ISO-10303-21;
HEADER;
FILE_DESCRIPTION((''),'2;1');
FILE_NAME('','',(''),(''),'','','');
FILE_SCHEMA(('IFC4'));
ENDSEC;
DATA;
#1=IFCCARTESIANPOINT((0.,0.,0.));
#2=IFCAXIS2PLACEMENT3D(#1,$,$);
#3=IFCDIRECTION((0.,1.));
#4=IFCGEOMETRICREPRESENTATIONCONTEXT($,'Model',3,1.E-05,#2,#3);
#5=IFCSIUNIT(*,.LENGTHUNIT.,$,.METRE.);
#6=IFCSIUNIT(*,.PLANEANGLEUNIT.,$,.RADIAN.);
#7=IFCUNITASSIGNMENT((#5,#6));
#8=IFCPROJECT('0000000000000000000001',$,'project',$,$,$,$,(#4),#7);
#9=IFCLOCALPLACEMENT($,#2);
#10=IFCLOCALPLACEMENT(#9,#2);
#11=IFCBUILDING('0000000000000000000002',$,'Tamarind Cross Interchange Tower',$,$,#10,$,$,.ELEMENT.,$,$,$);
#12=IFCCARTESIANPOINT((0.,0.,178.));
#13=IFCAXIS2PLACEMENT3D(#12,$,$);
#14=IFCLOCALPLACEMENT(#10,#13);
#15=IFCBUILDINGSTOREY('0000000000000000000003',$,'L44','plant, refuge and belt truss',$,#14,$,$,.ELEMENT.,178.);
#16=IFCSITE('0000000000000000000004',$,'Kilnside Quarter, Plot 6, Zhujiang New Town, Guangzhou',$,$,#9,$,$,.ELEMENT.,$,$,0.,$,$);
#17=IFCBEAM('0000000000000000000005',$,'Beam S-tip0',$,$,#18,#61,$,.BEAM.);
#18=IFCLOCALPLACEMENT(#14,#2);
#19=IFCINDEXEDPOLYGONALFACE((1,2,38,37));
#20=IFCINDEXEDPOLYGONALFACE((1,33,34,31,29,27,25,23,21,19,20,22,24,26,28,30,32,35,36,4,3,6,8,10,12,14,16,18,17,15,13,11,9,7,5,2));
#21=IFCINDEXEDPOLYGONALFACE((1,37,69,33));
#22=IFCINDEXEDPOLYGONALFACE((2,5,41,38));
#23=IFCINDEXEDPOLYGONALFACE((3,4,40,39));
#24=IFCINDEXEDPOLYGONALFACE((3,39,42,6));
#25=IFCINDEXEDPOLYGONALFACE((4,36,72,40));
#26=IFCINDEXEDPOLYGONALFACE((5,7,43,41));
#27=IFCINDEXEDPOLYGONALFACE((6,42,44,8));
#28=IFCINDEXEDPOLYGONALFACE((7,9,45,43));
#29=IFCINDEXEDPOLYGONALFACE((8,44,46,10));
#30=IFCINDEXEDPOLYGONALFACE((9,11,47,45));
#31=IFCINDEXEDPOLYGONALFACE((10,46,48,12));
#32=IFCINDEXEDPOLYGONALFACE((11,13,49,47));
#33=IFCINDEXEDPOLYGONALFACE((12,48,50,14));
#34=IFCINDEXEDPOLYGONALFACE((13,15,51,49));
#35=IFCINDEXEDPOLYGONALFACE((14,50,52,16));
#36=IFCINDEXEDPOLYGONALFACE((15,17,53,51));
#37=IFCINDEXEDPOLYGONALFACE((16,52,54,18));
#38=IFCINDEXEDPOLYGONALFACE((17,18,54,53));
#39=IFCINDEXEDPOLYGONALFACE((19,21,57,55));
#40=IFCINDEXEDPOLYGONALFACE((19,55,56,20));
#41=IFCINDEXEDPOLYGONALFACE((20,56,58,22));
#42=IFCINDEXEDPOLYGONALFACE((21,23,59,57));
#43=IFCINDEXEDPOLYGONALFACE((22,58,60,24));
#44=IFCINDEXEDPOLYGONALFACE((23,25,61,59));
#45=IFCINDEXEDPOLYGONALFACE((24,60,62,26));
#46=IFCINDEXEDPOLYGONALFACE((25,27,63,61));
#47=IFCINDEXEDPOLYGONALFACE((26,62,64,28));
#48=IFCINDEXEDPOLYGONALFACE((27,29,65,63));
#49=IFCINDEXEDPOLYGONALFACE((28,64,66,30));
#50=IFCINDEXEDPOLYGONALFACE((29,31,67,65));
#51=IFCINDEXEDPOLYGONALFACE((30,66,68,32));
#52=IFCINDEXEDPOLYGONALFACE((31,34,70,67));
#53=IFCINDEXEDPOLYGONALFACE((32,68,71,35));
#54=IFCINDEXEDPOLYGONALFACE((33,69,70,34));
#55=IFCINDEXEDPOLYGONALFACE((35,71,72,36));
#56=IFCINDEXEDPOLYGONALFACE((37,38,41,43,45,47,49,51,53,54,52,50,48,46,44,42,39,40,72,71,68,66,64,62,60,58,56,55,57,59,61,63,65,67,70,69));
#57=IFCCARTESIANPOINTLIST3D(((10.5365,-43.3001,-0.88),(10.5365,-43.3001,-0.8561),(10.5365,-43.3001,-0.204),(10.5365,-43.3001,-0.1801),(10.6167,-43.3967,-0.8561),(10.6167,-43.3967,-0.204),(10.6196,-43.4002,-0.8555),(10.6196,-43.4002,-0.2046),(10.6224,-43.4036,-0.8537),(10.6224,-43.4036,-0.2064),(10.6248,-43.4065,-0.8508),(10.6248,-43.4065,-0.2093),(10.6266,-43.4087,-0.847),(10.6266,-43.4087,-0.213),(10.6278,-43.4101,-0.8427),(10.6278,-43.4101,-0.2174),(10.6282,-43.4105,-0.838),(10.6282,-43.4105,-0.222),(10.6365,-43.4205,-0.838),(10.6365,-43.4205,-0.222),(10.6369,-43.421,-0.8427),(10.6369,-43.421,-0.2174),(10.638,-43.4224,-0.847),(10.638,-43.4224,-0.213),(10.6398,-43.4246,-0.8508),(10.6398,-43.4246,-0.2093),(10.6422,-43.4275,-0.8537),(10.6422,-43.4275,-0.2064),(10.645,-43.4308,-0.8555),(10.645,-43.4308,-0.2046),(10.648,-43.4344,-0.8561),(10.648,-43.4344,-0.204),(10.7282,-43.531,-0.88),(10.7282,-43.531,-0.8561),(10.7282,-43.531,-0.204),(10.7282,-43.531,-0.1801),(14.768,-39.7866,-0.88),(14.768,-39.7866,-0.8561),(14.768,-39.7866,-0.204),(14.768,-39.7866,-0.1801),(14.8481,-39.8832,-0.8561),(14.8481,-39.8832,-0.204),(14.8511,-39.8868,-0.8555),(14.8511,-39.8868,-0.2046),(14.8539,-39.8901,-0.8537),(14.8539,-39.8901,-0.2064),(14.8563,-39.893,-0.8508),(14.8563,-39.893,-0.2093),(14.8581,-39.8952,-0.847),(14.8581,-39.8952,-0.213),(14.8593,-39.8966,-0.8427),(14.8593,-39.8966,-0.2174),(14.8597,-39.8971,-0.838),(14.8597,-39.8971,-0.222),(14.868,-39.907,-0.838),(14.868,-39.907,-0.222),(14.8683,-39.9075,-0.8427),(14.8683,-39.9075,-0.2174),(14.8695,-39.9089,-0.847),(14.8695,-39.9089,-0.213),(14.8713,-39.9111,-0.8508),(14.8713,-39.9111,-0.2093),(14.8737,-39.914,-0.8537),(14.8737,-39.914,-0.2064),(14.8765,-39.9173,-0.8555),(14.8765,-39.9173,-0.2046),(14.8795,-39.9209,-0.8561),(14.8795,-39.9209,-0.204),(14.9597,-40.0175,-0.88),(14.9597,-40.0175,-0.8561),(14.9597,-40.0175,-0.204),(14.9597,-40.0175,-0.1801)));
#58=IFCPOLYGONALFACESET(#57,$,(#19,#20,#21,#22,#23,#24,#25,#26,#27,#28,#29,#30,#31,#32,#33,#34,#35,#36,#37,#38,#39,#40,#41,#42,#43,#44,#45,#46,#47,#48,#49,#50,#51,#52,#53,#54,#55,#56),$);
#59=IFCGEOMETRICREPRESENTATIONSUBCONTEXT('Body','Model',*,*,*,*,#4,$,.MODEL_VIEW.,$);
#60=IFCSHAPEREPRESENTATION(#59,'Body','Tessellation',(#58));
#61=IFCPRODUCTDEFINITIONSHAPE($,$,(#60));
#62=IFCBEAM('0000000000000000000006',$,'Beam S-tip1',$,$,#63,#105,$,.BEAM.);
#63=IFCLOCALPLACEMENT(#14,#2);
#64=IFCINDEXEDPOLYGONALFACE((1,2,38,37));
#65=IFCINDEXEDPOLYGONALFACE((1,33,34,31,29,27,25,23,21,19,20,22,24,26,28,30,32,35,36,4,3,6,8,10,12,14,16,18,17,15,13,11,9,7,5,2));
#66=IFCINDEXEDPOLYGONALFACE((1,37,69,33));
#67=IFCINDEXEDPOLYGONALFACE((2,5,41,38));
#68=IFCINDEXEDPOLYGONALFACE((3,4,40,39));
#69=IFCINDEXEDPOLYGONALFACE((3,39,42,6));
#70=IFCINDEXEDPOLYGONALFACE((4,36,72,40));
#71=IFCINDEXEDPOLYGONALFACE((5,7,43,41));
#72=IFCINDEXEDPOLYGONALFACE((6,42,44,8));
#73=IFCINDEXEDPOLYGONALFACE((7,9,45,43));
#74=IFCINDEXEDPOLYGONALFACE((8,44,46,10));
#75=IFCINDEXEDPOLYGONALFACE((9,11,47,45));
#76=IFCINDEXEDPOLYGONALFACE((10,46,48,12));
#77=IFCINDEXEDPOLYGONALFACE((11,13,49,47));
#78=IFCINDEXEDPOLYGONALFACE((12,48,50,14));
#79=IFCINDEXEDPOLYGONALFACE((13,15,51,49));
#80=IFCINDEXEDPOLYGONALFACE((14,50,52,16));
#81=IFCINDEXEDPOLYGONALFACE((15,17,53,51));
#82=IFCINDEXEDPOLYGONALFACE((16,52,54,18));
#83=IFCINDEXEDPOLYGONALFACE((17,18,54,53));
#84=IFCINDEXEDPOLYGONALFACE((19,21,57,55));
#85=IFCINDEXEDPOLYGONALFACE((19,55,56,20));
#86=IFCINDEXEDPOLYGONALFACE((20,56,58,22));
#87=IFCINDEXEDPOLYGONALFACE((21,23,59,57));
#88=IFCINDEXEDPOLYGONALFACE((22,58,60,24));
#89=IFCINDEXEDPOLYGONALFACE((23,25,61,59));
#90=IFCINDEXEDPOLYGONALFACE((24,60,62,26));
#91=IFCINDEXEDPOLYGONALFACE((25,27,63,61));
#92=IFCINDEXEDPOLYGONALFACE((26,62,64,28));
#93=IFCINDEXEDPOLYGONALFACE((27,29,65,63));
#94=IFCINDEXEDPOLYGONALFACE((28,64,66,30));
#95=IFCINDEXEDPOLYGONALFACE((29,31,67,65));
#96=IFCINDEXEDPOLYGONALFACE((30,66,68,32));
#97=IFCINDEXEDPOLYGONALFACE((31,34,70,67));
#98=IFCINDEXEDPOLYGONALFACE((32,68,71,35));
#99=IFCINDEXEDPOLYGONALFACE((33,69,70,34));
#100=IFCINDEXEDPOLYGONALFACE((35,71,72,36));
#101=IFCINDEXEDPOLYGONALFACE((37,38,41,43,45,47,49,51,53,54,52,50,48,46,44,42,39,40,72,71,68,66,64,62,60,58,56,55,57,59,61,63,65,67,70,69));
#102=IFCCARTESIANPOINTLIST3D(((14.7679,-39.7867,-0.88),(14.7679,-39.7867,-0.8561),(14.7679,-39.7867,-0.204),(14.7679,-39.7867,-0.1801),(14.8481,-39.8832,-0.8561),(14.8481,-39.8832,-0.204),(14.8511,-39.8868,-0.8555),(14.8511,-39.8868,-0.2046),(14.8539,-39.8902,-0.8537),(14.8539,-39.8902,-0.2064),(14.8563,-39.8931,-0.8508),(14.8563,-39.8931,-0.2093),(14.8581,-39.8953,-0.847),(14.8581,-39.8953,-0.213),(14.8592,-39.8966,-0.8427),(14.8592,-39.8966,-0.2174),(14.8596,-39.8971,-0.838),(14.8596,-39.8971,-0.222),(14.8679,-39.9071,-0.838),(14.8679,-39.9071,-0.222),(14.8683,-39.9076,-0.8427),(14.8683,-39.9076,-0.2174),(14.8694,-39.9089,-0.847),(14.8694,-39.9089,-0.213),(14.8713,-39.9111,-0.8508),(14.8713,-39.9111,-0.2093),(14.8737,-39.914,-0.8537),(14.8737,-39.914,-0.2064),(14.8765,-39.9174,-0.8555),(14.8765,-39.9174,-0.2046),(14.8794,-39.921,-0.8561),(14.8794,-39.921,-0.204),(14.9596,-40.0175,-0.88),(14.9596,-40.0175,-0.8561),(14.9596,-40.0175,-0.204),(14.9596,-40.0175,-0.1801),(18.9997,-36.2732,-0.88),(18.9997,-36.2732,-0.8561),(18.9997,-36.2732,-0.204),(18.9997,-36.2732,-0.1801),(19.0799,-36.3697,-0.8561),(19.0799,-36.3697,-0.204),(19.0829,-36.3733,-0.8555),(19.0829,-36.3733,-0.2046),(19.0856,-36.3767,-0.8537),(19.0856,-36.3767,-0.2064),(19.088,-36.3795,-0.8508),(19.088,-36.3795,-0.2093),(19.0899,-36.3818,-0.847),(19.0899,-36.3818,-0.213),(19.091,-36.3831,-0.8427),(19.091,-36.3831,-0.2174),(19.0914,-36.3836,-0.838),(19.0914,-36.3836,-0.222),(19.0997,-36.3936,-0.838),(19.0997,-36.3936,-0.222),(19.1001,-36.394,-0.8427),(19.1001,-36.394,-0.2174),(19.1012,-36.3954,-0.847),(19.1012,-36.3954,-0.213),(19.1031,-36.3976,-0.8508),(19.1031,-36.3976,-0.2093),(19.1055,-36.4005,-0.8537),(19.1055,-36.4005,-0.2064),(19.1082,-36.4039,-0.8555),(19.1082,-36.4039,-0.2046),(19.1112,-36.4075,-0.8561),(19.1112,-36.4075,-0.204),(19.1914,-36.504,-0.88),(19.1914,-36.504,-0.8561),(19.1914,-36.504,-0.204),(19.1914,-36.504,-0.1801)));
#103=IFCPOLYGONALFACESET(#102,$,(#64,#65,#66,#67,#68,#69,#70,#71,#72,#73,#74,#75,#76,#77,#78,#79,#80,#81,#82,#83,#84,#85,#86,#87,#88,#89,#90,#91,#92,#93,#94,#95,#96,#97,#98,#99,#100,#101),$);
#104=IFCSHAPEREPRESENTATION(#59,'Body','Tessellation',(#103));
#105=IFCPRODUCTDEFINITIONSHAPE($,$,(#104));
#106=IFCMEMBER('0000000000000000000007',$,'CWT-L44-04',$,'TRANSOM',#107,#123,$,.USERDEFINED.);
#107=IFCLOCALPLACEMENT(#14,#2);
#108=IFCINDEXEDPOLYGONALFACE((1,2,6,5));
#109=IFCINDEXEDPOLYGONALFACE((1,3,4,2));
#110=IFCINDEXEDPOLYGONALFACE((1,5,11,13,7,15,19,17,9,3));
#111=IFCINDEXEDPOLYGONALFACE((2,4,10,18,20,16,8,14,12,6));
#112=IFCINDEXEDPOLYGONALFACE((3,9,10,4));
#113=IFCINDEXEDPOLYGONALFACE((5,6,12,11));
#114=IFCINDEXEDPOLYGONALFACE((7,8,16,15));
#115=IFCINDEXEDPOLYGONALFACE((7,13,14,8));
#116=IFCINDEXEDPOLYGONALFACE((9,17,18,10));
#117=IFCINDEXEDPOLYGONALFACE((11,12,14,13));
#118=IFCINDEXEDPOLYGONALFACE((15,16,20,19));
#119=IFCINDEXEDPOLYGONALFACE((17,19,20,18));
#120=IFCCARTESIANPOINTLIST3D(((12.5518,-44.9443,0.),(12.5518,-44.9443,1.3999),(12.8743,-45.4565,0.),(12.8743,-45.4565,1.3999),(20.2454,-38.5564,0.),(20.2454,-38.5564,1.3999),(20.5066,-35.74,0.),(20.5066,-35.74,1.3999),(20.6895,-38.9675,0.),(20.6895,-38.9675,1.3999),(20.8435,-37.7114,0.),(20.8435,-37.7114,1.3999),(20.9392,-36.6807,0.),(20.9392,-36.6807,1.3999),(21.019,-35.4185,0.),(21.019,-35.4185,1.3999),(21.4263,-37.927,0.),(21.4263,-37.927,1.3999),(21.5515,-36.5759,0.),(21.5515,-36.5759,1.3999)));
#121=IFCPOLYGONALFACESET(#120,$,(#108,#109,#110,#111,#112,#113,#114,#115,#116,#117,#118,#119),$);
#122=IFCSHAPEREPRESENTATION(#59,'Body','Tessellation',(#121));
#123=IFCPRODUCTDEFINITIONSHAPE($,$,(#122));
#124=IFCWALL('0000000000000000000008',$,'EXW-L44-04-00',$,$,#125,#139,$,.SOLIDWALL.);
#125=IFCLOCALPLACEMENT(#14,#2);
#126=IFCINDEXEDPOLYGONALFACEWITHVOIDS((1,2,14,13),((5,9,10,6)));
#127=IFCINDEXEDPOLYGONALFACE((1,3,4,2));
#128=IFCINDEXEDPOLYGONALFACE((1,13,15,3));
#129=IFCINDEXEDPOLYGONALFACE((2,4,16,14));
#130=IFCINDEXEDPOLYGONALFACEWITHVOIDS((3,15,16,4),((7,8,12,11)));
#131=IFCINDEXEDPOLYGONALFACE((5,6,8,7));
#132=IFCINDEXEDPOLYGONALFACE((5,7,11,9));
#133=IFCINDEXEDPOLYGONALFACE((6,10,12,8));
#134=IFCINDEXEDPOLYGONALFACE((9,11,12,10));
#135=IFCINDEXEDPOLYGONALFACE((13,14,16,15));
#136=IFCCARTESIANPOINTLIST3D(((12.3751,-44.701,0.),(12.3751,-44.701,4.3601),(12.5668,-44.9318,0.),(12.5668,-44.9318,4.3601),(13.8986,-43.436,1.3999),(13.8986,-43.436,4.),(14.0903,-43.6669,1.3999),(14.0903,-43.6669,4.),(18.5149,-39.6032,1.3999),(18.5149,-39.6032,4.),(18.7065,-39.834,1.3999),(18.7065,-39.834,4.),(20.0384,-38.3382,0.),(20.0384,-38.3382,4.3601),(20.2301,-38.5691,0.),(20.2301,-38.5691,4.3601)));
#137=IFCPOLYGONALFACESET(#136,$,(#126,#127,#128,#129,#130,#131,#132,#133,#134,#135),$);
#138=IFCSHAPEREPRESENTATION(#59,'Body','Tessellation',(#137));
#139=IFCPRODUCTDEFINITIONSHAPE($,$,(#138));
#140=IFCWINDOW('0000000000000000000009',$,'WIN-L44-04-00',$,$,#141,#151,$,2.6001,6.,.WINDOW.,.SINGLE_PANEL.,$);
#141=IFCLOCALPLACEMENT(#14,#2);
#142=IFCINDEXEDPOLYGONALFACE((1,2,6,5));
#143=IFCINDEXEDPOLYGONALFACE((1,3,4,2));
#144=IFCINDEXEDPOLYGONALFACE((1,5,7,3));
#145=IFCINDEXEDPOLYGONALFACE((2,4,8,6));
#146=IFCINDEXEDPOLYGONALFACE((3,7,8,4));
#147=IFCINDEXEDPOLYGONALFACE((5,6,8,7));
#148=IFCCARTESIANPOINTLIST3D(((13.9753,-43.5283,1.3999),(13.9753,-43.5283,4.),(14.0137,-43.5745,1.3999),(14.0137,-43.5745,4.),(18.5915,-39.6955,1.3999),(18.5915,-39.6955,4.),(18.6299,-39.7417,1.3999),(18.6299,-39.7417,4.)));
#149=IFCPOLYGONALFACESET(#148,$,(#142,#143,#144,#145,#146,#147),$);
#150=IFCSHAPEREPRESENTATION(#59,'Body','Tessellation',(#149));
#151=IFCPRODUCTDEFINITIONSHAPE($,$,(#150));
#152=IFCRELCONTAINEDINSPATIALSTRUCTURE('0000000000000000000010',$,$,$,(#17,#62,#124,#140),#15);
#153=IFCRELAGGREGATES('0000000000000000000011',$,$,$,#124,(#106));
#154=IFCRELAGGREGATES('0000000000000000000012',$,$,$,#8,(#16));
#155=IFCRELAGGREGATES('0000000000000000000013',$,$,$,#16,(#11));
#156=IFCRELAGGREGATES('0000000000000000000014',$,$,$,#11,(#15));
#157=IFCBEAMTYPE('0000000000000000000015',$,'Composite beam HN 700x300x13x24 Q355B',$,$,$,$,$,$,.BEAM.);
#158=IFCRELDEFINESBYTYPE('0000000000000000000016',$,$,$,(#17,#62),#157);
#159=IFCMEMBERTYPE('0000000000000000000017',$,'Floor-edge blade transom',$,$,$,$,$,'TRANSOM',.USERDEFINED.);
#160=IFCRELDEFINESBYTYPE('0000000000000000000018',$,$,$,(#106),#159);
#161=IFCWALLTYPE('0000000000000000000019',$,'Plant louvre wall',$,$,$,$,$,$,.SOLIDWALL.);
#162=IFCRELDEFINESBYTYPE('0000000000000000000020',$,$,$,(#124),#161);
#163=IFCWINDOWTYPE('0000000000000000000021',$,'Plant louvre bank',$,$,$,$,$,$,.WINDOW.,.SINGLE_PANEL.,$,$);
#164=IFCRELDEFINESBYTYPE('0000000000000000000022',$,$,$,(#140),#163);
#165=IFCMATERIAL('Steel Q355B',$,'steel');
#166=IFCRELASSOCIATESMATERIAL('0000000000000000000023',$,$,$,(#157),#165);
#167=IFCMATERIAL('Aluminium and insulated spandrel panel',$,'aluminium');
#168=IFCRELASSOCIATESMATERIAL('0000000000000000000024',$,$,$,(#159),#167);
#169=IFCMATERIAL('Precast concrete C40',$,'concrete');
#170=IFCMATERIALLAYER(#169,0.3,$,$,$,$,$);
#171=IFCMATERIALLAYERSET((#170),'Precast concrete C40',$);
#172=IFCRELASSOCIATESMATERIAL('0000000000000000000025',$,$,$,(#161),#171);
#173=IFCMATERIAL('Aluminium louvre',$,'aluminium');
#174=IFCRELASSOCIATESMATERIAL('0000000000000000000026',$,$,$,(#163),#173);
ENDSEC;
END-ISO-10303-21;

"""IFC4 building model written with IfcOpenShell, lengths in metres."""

from ifc_helpers import new_model, si_unit, direction, frame, frame_2d, origin, origin_2d, place, context, subcontext, project, spatial, polyline, rectangle, i_section, outline, extrude, material, layer, layer_set, material_profile, profile_set, type_object, element, fill, aggregate, save


model = new_model("IFC4")

# Units and contexts
model_context = context("Model", 3, precision=1e-05, world=origin(), true_north=direction((0.0, 1.0)))
body_context = subcontext(model_context, "Body", "Model", "MODEL_VIEW")
ifc_project = project(units=[si_unit("LENGTHUNIT", "METRE"), si_unit("PLANEANGLEUNIT", "RADIAN")], contexts=[model_context])

# Site, building, storey
site_placement = place(None, origin())
site = spatial("IfcSite", under=ifc_project, at=site_placement, Name="Kilnside Quarter, Plot 6, Zhujiang New Town, Guangzhou", CompositionType="ELEMENT", RefElevation=0.0)
building_placement = place(site_placement, origin())
building = spatial("IfcBuilding", under=site, at=building_placement, Name="Tamarind Cross Interchange Tower", CompositionType="ELEMENT")
storey_placement = place(building_placement, frame((0.0, 0.0, 178.0)))
storey = spatial("IfcBuildingStorey", under=building, at=storey_placement, Name="L44", Description="plant, refuge and belt truss", CompositionType="ELEMENT", Elevation=178.0)

# Beams
ifc_material_1 = material(Name="Steel Q355B", Category="steel")
ifc_material_profile_1 = material_profile(ifc_material_1, i_section(OverallWidth=0.3, OverallDepth=0.7, WebThickness=0.0129, FlangeThickness=0.0239, FilletRadius=0.0181, at=origin_2d()), Name="HN 700x300x13x24")
ifc_profile_set_1 = profile_set([ifc_material_profile_1], Name="Steel Q355B")
beam_type_1 = type_object("IfcBeamType", Name="Composite beam HN 700x300x13x24 Q355B", PredefinedType="BEAM", material=ifc_profile_set_1)
beam_1_placement = place(storey_placement, frame((10.6323, -43.4155, -0.53), z_axis=(0.769363, 0.638812, 0.0), x_axis=(-0.638812, 0.769363, 0.0)))
element("IfcBeam", 1, at=beam_1_placement, inside=storey, type_object=beam_type_1, Name="Beam S-tip0", PredefinedType="BEAM", context=body_context, shape_type="SweptSolid", body=[
    extrude(i_section(OverallWidth=0.3, OverallDepth=0.7, WebThickness=0.0129, FlangeThickness=0.0239, FilletRadius=0.0181, at=origin_2d()), origin(), (0.0, 0.0, 1.0), 5.5),
])
beam_2_placement = place(storey_placement, frame((14.8638, -39.9021, -0.53), z_axis=(0.769381, 0.638791, 0.0), x_axis=(-0.638791, 0.769381, 0.0)))
element("IfcBeam", 2, at=beam_2_placement, inside=storey, type_object=beam_type_1, Name="Beam S-tip1", PredefinedType="BEAM", context=body_context, shape_type="SweptSolid", body=[
    extrude(i_section(OverallWidth=0.3, OverallDepth=0.7, WebThickness=0.0129, FlangeThickness=0.0239, FilletRadius=0.0181, at=origin_2d()), origin(), (0.0, 0.0, 1.0), 5.5002),
])

# Member
ifc_material_2 = material(Name="Aluminium and insulated spandrel panel", Category="aluminium")
member_type_1 = type_object("IfcMemberType", Name="Floor-edge blade transom", ElementType="TRANSOM", PredefinedType="USERDEFINED", material=ifc_material_2)
member_1_placement = place(storey_placement, origin())
member_1 = element("IfcMember", 3, at=member_1_placement, type_object=member_type_1, Name="CWT-L44-04", ObjectType="TRANSOM", PredefinedType="USERDEFINED", context=body_context, shape_type="SweptSolid", body=[
    extrude(outline(polyline([(12.5518, -44.9443), (20.2454, -38.5564), (20.8435, -37.7114), (20.9392, -36.6807), (20.5066, -35.74), (21.019, -35.4185), (21.5515, -36.5759), (21.4263, -37.927), (20.6895, -38.9675), (12.8743, -45.4565), (12.5518, -44.9443)])), origin(), (0.0, 0.0, 1.0), 1.3999),
])

# Wall, opening, window
ifc_material_3 = material(Name="Precast concrete C40", Category="concrete")
ifc_layer = layer(ifc_material_3, 0.3)
ifc_layer_set = layer_set([ifc_layer], Name="Precast concrete C40")
wall_type = type_object("IfcWallType", Name="Plant louvre wall", PredefinedType="SOLIDWALL", material=ifc_layer_set)
ifc_material_4 = material(Name="Aluminium louvre", Category="aluminium")
window_type_1 = type_object("IfcWindowType", Name="Plant louvre bank", PartitioningType="SINGLE_PANEL", PredefinedType="WINDOW", material=ifc_material_4)
wall_1_placement = place(storey_placement, frame((12.4709, -44.8164, 0.0), z_axis=(0.0, 0.0, 1.0), x_axis=(0.769371, 0.638802, 0.0)))
wall_1 = element("IfcWall", 4, at=wall_1_placement, inside=storey, type_object=wall_type, Name="EXW-L44-04-00", PredefinedType="SOLIDWALL", context=body_context, shape_type="SweptSolid", body=[
    extrude(rectangle(XDim=9.9604, YDim=0.3, at=frame_2d((4.9802, 0.0))), origin(), (0.0, 0.0, 1.0), 4.3601),
])
opening_1_placement = place(wall_1_placement, frame((1.9802, 0.0, 1.3999)))
opening_1 = element("IfcOpeningElement", 5, at=opening_1_placement, cuts=wall_1, PredefinedType="OPENING", context=body_context, shape_type="SweptSolid", body=[
    extrude(rectangle(XDim=6.0, YDim=2.6001, at=frame_2d((3.0, 1.3))), frame((0.0, 0.1599, 0.0), z_axis=(0.0, -1.0, 0.0), x_axis=(1.0, 0.0, 0.0)), (0.0, 0.0, 1.0), 0.3201),
])
window_1_placement = place(opening_1_placement, origin())
window_1 = element("IfcWindow", 6, at=window_1_placement, inside=storey, type_object=window_type_1, Name="WIN-L44-04-00", OverallHeight=2.6001, OverallWidth=6.0, PartitioningType="SINGLE_PANEL", PredefinedType="WINDOW", context=body_context, shape_type="SweptSolid", body=[
    extrude(rectangle(XDim=6.0, YDim=2.6001, at=frame_2d((3.0, 1.3))), frame((0.0, 0.03, 0.0), z_axis=(0.0, -1.0, 0.0), x_axis=(1.0, 0.0, 0.0)), (0.0, 0.0, 1.0), 0.0601),
])
fill(opening_1, window_1)
aggregate(wall_1, [member_1])

save(model, "model.ifc")
